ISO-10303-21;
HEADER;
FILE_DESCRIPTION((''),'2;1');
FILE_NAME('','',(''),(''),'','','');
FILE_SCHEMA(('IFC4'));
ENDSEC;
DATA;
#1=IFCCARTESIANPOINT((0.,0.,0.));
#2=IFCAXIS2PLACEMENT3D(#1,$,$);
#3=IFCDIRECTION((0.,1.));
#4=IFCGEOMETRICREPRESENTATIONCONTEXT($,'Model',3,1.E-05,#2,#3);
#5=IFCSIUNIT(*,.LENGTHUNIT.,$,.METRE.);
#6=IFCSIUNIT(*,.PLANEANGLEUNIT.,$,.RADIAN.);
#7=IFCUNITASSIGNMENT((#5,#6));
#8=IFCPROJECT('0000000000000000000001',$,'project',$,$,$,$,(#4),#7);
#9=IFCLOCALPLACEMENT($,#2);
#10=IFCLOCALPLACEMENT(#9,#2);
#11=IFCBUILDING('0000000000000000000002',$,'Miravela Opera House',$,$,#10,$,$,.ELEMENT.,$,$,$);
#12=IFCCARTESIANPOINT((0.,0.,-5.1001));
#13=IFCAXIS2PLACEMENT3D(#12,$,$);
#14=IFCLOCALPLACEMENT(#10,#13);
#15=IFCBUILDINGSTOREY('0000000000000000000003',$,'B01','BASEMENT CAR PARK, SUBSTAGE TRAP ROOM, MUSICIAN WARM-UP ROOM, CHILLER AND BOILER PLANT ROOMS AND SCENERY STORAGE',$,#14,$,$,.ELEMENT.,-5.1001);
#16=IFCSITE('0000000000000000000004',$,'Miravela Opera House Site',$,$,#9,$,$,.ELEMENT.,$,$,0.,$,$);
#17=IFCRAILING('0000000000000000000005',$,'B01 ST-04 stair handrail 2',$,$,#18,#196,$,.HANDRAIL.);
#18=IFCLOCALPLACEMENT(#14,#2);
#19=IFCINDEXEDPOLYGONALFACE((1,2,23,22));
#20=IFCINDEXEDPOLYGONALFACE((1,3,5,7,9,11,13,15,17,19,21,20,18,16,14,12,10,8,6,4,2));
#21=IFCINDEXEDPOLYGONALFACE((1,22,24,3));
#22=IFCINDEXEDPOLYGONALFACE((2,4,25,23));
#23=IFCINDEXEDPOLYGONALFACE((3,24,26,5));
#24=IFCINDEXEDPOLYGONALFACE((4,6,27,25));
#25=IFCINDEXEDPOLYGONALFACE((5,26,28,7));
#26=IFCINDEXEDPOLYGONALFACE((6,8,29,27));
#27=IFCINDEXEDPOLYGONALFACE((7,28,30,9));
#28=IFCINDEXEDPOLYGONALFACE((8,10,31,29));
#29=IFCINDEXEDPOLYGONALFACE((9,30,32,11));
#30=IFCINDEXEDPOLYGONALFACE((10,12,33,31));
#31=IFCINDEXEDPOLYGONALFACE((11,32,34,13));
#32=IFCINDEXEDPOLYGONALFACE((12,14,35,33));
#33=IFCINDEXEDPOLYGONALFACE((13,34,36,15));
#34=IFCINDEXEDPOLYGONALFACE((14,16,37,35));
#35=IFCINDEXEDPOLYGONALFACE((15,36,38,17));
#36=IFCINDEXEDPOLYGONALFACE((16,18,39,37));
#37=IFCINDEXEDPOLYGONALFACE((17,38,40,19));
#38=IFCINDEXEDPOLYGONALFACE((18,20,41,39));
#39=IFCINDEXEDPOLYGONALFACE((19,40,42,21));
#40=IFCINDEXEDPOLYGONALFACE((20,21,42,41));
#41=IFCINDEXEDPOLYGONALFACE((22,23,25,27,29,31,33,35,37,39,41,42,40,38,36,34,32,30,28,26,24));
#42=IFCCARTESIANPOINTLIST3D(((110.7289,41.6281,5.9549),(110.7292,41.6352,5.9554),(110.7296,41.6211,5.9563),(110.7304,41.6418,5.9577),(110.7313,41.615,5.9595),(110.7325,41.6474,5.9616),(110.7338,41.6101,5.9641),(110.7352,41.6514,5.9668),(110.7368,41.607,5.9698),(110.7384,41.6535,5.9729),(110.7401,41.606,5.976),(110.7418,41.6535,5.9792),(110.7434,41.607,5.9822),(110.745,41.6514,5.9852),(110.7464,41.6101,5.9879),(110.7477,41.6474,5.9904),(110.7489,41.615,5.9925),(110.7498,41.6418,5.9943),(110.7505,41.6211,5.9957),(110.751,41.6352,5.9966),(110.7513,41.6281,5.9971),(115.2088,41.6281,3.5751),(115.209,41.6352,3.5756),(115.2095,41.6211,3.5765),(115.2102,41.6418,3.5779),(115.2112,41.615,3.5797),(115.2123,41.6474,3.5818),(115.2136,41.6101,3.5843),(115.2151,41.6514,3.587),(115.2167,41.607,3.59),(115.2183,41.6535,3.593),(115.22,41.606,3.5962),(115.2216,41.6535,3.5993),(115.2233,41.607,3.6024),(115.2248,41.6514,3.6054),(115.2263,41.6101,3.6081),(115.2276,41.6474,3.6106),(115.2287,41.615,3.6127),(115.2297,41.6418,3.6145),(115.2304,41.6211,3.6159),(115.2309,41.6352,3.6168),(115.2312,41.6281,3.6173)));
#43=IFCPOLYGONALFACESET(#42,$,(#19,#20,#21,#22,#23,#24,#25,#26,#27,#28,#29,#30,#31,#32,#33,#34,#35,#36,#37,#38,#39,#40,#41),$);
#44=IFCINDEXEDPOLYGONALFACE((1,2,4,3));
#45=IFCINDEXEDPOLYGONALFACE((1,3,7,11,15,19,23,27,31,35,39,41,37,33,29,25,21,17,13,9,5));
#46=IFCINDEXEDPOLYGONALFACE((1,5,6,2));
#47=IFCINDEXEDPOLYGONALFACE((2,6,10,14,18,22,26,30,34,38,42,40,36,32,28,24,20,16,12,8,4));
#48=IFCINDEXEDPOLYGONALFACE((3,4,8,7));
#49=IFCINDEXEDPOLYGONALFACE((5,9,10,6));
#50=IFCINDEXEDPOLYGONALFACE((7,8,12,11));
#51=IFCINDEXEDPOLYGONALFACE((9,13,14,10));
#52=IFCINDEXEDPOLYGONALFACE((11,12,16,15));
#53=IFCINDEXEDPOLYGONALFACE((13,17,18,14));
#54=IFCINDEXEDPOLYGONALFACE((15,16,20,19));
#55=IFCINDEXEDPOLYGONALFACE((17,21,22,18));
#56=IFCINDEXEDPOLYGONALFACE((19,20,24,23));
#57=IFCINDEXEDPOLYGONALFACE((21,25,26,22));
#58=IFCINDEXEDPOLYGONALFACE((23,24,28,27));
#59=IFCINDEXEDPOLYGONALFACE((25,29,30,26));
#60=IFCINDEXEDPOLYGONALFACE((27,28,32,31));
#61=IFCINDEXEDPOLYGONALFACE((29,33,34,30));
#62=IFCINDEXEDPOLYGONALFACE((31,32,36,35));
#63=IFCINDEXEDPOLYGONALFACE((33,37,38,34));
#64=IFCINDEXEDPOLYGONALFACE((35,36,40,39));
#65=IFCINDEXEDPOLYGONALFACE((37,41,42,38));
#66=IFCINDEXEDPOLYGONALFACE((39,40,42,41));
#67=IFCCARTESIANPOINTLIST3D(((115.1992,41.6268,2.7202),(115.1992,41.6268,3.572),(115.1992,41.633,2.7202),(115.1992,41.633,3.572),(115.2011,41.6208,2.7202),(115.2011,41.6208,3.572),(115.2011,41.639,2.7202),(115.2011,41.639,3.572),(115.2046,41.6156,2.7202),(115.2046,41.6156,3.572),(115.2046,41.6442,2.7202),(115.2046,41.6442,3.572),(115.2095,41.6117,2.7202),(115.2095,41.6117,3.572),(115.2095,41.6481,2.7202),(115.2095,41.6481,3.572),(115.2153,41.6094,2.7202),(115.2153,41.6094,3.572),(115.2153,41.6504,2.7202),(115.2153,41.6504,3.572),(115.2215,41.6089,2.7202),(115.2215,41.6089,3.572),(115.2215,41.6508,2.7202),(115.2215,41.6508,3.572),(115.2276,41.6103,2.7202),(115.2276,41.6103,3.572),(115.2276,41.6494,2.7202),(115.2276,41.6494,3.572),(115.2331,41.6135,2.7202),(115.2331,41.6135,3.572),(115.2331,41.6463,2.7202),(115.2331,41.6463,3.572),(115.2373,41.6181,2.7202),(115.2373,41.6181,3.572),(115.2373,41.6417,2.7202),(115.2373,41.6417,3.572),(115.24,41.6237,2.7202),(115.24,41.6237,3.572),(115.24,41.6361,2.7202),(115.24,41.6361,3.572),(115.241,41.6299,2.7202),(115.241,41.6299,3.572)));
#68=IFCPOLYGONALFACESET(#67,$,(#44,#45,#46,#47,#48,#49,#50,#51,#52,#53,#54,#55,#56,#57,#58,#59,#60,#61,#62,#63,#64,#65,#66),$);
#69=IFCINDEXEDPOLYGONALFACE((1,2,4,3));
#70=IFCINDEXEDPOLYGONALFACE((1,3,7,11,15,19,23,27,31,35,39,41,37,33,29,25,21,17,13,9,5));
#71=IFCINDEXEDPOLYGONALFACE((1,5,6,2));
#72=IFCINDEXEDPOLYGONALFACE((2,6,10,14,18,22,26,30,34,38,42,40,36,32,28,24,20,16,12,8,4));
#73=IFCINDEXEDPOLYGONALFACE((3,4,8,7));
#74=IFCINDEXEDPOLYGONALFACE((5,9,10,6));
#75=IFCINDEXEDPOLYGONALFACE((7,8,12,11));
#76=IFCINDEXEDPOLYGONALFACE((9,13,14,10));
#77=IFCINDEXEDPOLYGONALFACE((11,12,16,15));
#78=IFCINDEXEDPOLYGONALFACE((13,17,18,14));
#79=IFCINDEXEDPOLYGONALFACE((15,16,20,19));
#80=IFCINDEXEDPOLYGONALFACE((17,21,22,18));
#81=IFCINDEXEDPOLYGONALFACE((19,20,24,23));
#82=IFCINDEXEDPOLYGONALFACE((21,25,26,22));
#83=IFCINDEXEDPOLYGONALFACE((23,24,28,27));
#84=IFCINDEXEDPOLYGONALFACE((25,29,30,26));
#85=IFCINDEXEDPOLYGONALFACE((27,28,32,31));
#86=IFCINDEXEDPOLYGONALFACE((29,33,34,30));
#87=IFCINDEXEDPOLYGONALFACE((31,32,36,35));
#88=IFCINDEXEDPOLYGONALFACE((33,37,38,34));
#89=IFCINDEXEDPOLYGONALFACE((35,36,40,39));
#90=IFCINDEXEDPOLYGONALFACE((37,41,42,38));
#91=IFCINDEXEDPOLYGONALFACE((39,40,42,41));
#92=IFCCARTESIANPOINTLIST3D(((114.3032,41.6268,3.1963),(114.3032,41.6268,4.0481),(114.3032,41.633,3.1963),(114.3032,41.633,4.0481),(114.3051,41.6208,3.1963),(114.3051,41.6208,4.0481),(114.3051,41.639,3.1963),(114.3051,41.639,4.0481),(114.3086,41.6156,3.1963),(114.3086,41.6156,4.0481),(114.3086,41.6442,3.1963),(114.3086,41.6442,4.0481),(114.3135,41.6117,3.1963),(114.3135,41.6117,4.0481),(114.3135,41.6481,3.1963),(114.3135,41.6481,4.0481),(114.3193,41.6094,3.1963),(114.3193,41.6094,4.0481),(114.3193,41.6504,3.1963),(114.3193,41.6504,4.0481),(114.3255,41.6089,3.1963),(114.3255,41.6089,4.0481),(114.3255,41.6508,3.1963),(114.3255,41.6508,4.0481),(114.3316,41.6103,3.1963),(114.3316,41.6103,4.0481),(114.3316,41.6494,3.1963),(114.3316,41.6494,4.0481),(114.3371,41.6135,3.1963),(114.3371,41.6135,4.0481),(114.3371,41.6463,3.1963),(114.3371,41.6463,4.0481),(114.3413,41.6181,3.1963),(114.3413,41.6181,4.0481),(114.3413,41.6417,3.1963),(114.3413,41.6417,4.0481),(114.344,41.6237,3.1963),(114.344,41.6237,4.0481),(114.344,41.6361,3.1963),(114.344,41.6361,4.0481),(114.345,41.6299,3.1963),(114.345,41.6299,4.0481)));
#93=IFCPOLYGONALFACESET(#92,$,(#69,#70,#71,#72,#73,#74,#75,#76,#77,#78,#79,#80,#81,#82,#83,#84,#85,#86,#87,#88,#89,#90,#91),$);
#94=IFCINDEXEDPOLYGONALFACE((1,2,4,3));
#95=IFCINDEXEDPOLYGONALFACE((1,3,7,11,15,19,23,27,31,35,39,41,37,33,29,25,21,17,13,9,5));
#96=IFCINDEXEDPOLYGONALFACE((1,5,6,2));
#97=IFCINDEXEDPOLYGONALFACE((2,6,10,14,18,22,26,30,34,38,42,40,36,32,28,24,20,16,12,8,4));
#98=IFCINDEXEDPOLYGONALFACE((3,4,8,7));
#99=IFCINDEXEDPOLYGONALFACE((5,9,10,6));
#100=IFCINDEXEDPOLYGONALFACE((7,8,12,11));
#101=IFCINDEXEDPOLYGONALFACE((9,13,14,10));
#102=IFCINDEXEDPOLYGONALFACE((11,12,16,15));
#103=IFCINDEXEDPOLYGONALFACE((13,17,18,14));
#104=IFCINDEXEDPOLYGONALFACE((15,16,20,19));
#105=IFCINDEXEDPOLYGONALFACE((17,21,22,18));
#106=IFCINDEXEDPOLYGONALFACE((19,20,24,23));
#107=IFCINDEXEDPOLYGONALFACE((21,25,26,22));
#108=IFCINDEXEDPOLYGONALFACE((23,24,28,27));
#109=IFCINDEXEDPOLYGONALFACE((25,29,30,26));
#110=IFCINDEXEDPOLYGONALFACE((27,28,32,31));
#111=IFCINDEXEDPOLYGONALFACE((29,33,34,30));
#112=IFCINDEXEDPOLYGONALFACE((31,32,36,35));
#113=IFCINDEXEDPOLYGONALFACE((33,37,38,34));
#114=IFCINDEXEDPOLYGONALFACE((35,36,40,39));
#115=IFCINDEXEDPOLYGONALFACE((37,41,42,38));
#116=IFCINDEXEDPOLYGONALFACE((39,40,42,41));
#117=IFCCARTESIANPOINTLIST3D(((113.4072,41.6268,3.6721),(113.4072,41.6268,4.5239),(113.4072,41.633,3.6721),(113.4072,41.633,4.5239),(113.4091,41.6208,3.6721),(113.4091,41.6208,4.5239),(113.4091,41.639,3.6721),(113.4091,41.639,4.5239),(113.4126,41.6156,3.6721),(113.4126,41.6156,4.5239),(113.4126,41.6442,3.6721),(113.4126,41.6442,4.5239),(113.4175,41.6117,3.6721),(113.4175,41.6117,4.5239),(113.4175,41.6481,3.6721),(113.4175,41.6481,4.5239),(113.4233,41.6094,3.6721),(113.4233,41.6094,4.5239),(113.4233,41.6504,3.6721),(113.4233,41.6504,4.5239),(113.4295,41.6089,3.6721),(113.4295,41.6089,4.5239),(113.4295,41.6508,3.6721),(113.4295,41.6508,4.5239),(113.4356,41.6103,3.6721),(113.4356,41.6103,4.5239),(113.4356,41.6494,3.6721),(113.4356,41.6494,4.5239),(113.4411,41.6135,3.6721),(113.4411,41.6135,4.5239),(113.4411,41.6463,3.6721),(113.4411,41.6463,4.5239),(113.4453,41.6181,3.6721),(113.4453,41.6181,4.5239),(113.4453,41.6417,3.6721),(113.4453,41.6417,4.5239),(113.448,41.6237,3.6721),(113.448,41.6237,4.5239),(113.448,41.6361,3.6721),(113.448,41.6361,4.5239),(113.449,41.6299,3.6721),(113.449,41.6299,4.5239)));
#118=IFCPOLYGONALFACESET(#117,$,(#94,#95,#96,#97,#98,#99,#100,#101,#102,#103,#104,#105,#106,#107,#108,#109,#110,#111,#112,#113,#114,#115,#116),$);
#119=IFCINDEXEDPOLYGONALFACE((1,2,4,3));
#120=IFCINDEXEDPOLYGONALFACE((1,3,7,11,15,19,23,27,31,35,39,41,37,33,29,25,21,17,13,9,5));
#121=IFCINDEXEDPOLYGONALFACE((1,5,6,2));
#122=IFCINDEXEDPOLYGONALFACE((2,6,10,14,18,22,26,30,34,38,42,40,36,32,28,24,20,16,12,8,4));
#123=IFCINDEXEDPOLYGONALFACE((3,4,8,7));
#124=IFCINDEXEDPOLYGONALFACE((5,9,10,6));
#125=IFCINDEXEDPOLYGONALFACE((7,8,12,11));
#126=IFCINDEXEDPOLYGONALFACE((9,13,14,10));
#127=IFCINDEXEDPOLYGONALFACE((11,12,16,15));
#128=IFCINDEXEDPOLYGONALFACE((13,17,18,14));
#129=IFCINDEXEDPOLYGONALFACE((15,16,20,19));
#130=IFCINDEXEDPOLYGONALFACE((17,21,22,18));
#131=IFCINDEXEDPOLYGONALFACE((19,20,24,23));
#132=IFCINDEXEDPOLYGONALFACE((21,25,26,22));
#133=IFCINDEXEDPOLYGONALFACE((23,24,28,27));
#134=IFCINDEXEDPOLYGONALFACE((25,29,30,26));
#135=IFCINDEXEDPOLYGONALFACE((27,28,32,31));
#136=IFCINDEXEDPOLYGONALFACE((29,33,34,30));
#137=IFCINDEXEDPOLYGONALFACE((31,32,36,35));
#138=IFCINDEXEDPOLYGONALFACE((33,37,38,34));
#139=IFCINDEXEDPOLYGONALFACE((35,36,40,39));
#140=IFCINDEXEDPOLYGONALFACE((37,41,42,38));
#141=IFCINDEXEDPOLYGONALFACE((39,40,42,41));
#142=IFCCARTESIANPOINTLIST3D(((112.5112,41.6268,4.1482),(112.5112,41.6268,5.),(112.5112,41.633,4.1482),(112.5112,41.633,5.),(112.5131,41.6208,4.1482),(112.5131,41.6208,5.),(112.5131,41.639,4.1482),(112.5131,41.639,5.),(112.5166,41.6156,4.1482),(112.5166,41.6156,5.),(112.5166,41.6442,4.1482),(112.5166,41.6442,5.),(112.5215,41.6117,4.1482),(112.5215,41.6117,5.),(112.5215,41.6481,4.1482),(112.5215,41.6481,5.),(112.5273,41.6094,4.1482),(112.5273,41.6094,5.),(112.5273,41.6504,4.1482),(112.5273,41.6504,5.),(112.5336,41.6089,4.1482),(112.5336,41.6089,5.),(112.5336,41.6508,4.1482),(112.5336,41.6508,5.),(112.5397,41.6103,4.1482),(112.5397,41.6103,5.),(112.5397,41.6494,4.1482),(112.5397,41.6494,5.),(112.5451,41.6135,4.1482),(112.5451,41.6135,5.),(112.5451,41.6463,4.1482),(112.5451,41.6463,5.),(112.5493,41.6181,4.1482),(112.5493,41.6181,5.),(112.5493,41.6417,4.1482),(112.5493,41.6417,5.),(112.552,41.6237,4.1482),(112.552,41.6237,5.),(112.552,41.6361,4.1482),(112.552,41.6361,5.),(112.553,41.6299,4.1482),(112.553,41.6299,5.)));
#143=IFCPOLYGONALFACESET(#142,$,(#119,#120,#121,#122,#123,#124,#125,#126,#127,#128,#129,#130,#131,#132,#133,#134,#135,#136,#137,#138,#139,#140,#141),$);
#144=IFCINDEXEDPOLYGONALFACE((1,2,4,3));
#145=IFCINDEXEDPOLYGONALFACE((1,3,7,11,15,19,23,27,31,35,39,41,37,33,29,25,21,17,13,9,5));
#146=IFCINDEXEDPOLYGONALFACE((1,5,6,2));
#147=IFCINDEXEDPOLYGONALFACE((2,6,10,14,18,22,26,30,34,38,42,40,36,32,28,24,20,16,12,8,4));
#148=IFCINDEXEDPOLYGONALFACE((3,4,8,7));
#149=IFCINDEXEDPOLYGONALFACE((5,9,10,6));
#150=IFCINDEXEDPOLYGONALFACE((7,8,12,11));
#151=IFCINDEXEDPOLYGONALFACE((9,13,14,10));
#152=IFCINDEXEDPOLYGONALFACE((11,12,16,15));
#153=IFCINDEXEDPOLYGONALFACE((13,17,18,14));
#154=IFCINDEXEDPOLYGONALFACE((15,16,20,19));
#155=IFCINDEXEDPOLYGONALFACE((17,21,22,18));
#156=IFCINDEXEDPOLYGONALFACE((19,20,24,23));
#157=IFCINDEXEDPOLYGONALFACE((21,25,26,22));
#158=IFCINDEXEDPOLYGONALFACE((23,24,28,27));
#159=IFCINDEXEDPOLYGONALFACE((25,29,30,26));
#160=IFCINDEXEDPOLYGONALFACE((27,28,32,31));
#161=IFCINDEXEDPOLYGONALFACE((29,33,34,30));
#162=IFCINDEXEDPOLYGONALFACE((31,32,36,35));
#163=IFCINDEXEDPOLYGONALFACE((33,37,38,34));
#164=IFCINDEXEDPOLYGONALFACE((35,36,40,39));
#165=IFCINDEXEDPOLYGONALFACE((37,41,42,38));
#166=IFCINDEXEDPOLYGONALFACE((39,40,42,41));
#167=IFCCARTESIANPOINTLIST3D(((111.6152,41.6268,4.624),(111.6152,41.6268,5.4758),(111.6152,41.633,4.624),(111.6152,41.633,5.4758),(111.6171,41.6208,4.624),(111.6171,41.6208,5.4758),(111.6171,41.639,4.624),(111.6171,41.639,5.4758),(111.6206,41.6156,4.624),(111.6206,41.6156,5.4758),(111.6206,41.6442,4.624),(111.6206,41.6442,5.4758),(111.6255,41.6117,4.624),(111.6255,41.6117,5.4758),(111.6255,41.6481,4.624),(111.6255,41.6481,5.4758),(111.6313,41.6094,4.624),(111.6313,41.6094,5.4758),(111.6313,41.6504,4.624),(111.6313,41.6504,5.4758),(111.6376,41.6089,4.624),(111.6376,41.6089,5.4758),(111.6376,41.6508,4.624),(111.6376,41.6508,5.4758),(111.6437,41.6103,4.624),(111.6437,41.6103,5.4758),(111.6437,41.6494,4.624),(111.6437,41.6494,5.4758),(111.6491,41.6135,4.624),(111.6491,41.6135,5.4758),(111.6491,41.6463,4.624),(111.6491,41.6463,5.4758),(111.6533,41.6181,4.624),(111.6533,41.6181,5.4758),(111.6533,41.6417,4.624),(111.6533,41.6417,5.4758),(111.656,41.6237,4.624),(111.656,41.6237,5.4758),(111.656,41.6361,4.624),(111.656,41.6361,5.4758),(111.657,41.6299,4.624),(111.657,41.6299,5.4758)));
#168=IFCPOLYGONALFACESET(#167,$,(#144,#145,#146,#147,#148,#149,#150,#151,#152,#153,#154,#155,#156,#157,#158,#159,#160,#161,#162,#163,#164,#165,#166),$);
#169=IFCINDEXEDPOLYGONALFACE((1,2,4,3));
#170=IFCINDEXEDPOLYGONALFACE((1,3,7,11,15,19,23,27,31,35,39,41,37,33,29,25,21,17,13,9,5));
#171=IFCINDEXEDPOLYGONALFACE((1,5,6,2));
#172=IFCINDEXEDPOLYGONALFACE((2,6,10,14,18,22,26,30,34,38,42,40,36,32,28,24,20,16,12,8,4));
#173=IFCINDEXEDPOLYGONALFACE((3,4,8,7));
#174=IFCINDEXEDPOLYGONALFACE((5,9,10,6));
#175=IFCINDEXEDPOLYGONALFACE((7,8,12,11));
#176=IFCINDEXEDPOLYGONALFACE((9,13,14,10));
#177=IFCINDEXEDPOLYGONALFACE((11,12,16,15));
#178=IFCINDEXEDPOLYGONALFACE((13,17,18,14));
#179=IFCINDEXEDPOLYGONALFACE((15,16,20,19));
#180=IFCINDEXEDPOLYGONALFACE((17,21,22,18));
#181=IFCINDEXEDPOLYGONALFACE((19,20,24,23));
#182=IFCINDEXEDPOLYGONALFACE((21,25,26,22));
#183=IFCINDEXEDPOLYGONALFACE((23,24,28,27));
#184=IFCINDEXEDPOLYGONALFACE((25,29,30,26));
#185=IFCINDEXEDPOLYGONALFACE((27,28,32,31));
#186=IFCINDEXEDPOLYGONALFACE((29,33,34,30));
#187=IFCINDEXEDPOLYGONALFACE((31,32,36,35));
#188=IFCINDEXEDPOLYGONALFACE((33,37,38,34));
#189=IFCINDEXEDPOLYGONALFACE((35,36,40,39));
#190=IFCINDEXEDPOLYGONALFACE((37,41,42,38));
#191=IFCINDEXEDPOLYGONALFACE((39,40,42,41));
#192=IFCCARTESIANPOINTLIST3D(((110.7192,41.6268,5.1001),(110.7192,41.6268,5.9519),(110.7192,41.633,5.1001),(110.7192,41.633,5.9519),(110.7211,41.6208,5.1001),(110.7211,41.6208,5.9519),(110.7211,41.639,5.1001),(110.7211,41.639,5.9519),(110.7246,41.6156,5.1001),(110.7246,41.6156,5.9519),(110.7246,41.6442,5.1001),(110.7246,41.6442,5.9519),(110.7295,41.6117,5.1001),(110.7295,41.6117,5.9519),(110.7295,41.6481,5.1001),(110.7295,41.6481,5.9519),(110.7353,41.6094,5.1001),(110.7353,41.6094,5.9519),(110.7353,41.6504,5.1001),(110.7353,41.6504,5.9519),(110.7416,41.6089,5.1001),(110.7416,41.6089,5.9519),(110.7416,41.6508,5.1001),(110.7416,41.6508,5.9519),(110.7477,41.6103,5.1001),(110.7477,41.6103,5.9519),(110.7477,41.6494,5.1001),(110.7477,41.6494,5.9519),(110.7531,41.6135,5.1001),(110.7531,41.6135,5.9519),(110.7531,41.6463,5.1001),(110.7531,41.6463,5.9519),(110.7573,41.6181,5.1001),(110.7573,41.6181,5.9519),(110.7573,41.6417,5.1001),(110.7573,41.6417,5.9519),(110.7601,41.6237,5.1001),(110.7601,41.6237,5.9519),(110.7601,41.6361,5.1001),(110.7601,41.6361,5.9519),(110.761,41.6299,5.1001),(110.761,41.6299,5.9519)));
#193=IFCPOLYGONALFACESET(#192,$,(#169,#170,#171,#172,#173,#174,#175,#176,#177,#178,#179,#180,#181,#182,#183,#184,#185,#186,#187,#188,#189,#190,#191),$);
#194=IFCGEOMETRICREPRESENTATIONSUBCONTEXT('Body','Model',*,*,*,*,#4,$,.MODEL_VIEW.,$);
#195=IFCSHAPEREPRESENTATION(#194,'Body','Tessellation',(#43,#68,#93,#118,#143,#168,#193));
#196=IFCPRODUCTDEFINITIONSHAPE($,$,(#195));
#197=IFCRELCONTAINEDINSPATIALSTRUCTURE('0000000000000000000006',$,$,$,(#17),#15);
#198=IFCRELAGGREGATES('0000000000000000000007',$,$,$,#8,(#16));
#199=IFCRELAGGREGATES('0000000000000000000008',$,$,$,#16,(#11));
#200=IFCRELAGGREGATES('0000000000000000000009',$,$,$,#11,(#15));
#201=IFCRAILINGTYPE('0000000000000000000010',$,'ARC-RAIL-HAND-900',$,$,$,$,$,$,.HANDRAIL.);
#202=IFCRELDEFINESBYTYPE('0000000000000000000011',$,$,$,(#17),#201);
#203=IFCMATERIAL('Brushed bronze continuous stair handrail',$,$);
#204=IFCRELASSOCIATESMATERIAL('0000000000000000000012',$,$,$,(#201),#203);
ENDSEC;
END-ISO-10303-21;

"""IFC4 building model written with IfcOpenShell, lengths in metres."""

from ifc_helpers import new_model, si_unit, direction, frame, origin, origin_2d, place, context, subcontext, project, spatial, circle, extrude, material, type_object, element, save


model = new_model("IFC4")

# Units and contexts
model_context = context("Model", 3, precision=1e-05, world=origin(), true_north=direction((0.0, 1.0)))
body_context = subcontext(model_context, "Body", "Model", "MODEL_VIEW")
ifc_project = project(units=[si_unit("LENGTHUNIT", "METRE"), si_unit("PLANEANGLEUNIT", "RADIAN")], contexts=[model_context])

# Site, building, storey
site_placement = place(None, origin())
site = spatial("IfcSite", under=ifc_project, at=site_placement, Name="Miravela Opera House Site", CompositionType="ELEMENT", RefElevation=0.0)
building_placement = place(site_placement, origin())
building = spatial("IfcBuilding", under=site, at=building_placement, Name="Miravela Opera House", CompositionType="ELEMENT")
storey_placement = place(building_placement, frame((0.0, 0.0, -5.1001)))
storey = spatial("IfcBuildingStorey", under=building, at=storey_placement, Name="B01", Description="BASEMENT CAR PARK, SUBSTAGE TRAP ROOM, MUSICIAN WARM-UP ROOM, CHILLER AND BOILER PLANT ROOMS AND SCENERY STORAGE", CompositionType="ELEMENT", Elevation=-5.1001)

# Railing
ifc_material_1 = material(Name="Brushed bronze continuous stair handrail")
railing_type_1 = type_object("IfcRailingType", Name="ARC-RAIL-HAND-900", PredefinedType="HANDRAIL", material=ifc_material_1)
railing_1_placement = place(storey_placement, frame((115.22, 41.6299, 2.7202)))
element("IfcRailing", 1, at=railing_1_placement, inside=storey, type_object=railing_type_1, Name="B01 ST-04 stair handrail 2", PredefinedType="HANDRAIL", context=body_context, shape_type="SweptSolid", body=[
    extrude(circle(Radius=0.0239, at=origin_2d()), frame((0.0, 0.0, 0.876), z_axis=(-0.883124, 0.0, 0.469139), x_axis=(0.0, -1.0, 0.0)), (0.0, 0.0, 1.0), 5.0728),
    extrude(circle(Radius=0.021, at=origin_2d()), origin(), (0.0, 0.0, 1.0), 0.8518),
    extrude(circle(Radius=0.021, at=origin_2d()), frame((-0.896, 0.0, 0.4761)), (0.0, 0.0, 1.0), 0.8518),
    extrude(circle(Radius=0.021, at=origin_2d()), frame((-1.792, 0.0, 0.9519)), (0.0, 0.0, 1.0), 0.8518),
    extrude(circle(Radius=0.021, at=origin_2d()), frame((-2.688, 0.0, 1.428)), (0.0, 0.0, 1.0), 0.8518),
    extrude(circle(Radius=0.021, at=origin_2d()), frame((-3.584, 0.0, 1.9038)), (0.0, 0.0, 1.0), 0.8518),
    extrude(circle(Radius=0.021, at=origin_2d()), frame((-4.48, 0.0, 2.3799)), (0.0, 0.0, 1.0), 0.8518),
])

save(model, "model.ifc")
